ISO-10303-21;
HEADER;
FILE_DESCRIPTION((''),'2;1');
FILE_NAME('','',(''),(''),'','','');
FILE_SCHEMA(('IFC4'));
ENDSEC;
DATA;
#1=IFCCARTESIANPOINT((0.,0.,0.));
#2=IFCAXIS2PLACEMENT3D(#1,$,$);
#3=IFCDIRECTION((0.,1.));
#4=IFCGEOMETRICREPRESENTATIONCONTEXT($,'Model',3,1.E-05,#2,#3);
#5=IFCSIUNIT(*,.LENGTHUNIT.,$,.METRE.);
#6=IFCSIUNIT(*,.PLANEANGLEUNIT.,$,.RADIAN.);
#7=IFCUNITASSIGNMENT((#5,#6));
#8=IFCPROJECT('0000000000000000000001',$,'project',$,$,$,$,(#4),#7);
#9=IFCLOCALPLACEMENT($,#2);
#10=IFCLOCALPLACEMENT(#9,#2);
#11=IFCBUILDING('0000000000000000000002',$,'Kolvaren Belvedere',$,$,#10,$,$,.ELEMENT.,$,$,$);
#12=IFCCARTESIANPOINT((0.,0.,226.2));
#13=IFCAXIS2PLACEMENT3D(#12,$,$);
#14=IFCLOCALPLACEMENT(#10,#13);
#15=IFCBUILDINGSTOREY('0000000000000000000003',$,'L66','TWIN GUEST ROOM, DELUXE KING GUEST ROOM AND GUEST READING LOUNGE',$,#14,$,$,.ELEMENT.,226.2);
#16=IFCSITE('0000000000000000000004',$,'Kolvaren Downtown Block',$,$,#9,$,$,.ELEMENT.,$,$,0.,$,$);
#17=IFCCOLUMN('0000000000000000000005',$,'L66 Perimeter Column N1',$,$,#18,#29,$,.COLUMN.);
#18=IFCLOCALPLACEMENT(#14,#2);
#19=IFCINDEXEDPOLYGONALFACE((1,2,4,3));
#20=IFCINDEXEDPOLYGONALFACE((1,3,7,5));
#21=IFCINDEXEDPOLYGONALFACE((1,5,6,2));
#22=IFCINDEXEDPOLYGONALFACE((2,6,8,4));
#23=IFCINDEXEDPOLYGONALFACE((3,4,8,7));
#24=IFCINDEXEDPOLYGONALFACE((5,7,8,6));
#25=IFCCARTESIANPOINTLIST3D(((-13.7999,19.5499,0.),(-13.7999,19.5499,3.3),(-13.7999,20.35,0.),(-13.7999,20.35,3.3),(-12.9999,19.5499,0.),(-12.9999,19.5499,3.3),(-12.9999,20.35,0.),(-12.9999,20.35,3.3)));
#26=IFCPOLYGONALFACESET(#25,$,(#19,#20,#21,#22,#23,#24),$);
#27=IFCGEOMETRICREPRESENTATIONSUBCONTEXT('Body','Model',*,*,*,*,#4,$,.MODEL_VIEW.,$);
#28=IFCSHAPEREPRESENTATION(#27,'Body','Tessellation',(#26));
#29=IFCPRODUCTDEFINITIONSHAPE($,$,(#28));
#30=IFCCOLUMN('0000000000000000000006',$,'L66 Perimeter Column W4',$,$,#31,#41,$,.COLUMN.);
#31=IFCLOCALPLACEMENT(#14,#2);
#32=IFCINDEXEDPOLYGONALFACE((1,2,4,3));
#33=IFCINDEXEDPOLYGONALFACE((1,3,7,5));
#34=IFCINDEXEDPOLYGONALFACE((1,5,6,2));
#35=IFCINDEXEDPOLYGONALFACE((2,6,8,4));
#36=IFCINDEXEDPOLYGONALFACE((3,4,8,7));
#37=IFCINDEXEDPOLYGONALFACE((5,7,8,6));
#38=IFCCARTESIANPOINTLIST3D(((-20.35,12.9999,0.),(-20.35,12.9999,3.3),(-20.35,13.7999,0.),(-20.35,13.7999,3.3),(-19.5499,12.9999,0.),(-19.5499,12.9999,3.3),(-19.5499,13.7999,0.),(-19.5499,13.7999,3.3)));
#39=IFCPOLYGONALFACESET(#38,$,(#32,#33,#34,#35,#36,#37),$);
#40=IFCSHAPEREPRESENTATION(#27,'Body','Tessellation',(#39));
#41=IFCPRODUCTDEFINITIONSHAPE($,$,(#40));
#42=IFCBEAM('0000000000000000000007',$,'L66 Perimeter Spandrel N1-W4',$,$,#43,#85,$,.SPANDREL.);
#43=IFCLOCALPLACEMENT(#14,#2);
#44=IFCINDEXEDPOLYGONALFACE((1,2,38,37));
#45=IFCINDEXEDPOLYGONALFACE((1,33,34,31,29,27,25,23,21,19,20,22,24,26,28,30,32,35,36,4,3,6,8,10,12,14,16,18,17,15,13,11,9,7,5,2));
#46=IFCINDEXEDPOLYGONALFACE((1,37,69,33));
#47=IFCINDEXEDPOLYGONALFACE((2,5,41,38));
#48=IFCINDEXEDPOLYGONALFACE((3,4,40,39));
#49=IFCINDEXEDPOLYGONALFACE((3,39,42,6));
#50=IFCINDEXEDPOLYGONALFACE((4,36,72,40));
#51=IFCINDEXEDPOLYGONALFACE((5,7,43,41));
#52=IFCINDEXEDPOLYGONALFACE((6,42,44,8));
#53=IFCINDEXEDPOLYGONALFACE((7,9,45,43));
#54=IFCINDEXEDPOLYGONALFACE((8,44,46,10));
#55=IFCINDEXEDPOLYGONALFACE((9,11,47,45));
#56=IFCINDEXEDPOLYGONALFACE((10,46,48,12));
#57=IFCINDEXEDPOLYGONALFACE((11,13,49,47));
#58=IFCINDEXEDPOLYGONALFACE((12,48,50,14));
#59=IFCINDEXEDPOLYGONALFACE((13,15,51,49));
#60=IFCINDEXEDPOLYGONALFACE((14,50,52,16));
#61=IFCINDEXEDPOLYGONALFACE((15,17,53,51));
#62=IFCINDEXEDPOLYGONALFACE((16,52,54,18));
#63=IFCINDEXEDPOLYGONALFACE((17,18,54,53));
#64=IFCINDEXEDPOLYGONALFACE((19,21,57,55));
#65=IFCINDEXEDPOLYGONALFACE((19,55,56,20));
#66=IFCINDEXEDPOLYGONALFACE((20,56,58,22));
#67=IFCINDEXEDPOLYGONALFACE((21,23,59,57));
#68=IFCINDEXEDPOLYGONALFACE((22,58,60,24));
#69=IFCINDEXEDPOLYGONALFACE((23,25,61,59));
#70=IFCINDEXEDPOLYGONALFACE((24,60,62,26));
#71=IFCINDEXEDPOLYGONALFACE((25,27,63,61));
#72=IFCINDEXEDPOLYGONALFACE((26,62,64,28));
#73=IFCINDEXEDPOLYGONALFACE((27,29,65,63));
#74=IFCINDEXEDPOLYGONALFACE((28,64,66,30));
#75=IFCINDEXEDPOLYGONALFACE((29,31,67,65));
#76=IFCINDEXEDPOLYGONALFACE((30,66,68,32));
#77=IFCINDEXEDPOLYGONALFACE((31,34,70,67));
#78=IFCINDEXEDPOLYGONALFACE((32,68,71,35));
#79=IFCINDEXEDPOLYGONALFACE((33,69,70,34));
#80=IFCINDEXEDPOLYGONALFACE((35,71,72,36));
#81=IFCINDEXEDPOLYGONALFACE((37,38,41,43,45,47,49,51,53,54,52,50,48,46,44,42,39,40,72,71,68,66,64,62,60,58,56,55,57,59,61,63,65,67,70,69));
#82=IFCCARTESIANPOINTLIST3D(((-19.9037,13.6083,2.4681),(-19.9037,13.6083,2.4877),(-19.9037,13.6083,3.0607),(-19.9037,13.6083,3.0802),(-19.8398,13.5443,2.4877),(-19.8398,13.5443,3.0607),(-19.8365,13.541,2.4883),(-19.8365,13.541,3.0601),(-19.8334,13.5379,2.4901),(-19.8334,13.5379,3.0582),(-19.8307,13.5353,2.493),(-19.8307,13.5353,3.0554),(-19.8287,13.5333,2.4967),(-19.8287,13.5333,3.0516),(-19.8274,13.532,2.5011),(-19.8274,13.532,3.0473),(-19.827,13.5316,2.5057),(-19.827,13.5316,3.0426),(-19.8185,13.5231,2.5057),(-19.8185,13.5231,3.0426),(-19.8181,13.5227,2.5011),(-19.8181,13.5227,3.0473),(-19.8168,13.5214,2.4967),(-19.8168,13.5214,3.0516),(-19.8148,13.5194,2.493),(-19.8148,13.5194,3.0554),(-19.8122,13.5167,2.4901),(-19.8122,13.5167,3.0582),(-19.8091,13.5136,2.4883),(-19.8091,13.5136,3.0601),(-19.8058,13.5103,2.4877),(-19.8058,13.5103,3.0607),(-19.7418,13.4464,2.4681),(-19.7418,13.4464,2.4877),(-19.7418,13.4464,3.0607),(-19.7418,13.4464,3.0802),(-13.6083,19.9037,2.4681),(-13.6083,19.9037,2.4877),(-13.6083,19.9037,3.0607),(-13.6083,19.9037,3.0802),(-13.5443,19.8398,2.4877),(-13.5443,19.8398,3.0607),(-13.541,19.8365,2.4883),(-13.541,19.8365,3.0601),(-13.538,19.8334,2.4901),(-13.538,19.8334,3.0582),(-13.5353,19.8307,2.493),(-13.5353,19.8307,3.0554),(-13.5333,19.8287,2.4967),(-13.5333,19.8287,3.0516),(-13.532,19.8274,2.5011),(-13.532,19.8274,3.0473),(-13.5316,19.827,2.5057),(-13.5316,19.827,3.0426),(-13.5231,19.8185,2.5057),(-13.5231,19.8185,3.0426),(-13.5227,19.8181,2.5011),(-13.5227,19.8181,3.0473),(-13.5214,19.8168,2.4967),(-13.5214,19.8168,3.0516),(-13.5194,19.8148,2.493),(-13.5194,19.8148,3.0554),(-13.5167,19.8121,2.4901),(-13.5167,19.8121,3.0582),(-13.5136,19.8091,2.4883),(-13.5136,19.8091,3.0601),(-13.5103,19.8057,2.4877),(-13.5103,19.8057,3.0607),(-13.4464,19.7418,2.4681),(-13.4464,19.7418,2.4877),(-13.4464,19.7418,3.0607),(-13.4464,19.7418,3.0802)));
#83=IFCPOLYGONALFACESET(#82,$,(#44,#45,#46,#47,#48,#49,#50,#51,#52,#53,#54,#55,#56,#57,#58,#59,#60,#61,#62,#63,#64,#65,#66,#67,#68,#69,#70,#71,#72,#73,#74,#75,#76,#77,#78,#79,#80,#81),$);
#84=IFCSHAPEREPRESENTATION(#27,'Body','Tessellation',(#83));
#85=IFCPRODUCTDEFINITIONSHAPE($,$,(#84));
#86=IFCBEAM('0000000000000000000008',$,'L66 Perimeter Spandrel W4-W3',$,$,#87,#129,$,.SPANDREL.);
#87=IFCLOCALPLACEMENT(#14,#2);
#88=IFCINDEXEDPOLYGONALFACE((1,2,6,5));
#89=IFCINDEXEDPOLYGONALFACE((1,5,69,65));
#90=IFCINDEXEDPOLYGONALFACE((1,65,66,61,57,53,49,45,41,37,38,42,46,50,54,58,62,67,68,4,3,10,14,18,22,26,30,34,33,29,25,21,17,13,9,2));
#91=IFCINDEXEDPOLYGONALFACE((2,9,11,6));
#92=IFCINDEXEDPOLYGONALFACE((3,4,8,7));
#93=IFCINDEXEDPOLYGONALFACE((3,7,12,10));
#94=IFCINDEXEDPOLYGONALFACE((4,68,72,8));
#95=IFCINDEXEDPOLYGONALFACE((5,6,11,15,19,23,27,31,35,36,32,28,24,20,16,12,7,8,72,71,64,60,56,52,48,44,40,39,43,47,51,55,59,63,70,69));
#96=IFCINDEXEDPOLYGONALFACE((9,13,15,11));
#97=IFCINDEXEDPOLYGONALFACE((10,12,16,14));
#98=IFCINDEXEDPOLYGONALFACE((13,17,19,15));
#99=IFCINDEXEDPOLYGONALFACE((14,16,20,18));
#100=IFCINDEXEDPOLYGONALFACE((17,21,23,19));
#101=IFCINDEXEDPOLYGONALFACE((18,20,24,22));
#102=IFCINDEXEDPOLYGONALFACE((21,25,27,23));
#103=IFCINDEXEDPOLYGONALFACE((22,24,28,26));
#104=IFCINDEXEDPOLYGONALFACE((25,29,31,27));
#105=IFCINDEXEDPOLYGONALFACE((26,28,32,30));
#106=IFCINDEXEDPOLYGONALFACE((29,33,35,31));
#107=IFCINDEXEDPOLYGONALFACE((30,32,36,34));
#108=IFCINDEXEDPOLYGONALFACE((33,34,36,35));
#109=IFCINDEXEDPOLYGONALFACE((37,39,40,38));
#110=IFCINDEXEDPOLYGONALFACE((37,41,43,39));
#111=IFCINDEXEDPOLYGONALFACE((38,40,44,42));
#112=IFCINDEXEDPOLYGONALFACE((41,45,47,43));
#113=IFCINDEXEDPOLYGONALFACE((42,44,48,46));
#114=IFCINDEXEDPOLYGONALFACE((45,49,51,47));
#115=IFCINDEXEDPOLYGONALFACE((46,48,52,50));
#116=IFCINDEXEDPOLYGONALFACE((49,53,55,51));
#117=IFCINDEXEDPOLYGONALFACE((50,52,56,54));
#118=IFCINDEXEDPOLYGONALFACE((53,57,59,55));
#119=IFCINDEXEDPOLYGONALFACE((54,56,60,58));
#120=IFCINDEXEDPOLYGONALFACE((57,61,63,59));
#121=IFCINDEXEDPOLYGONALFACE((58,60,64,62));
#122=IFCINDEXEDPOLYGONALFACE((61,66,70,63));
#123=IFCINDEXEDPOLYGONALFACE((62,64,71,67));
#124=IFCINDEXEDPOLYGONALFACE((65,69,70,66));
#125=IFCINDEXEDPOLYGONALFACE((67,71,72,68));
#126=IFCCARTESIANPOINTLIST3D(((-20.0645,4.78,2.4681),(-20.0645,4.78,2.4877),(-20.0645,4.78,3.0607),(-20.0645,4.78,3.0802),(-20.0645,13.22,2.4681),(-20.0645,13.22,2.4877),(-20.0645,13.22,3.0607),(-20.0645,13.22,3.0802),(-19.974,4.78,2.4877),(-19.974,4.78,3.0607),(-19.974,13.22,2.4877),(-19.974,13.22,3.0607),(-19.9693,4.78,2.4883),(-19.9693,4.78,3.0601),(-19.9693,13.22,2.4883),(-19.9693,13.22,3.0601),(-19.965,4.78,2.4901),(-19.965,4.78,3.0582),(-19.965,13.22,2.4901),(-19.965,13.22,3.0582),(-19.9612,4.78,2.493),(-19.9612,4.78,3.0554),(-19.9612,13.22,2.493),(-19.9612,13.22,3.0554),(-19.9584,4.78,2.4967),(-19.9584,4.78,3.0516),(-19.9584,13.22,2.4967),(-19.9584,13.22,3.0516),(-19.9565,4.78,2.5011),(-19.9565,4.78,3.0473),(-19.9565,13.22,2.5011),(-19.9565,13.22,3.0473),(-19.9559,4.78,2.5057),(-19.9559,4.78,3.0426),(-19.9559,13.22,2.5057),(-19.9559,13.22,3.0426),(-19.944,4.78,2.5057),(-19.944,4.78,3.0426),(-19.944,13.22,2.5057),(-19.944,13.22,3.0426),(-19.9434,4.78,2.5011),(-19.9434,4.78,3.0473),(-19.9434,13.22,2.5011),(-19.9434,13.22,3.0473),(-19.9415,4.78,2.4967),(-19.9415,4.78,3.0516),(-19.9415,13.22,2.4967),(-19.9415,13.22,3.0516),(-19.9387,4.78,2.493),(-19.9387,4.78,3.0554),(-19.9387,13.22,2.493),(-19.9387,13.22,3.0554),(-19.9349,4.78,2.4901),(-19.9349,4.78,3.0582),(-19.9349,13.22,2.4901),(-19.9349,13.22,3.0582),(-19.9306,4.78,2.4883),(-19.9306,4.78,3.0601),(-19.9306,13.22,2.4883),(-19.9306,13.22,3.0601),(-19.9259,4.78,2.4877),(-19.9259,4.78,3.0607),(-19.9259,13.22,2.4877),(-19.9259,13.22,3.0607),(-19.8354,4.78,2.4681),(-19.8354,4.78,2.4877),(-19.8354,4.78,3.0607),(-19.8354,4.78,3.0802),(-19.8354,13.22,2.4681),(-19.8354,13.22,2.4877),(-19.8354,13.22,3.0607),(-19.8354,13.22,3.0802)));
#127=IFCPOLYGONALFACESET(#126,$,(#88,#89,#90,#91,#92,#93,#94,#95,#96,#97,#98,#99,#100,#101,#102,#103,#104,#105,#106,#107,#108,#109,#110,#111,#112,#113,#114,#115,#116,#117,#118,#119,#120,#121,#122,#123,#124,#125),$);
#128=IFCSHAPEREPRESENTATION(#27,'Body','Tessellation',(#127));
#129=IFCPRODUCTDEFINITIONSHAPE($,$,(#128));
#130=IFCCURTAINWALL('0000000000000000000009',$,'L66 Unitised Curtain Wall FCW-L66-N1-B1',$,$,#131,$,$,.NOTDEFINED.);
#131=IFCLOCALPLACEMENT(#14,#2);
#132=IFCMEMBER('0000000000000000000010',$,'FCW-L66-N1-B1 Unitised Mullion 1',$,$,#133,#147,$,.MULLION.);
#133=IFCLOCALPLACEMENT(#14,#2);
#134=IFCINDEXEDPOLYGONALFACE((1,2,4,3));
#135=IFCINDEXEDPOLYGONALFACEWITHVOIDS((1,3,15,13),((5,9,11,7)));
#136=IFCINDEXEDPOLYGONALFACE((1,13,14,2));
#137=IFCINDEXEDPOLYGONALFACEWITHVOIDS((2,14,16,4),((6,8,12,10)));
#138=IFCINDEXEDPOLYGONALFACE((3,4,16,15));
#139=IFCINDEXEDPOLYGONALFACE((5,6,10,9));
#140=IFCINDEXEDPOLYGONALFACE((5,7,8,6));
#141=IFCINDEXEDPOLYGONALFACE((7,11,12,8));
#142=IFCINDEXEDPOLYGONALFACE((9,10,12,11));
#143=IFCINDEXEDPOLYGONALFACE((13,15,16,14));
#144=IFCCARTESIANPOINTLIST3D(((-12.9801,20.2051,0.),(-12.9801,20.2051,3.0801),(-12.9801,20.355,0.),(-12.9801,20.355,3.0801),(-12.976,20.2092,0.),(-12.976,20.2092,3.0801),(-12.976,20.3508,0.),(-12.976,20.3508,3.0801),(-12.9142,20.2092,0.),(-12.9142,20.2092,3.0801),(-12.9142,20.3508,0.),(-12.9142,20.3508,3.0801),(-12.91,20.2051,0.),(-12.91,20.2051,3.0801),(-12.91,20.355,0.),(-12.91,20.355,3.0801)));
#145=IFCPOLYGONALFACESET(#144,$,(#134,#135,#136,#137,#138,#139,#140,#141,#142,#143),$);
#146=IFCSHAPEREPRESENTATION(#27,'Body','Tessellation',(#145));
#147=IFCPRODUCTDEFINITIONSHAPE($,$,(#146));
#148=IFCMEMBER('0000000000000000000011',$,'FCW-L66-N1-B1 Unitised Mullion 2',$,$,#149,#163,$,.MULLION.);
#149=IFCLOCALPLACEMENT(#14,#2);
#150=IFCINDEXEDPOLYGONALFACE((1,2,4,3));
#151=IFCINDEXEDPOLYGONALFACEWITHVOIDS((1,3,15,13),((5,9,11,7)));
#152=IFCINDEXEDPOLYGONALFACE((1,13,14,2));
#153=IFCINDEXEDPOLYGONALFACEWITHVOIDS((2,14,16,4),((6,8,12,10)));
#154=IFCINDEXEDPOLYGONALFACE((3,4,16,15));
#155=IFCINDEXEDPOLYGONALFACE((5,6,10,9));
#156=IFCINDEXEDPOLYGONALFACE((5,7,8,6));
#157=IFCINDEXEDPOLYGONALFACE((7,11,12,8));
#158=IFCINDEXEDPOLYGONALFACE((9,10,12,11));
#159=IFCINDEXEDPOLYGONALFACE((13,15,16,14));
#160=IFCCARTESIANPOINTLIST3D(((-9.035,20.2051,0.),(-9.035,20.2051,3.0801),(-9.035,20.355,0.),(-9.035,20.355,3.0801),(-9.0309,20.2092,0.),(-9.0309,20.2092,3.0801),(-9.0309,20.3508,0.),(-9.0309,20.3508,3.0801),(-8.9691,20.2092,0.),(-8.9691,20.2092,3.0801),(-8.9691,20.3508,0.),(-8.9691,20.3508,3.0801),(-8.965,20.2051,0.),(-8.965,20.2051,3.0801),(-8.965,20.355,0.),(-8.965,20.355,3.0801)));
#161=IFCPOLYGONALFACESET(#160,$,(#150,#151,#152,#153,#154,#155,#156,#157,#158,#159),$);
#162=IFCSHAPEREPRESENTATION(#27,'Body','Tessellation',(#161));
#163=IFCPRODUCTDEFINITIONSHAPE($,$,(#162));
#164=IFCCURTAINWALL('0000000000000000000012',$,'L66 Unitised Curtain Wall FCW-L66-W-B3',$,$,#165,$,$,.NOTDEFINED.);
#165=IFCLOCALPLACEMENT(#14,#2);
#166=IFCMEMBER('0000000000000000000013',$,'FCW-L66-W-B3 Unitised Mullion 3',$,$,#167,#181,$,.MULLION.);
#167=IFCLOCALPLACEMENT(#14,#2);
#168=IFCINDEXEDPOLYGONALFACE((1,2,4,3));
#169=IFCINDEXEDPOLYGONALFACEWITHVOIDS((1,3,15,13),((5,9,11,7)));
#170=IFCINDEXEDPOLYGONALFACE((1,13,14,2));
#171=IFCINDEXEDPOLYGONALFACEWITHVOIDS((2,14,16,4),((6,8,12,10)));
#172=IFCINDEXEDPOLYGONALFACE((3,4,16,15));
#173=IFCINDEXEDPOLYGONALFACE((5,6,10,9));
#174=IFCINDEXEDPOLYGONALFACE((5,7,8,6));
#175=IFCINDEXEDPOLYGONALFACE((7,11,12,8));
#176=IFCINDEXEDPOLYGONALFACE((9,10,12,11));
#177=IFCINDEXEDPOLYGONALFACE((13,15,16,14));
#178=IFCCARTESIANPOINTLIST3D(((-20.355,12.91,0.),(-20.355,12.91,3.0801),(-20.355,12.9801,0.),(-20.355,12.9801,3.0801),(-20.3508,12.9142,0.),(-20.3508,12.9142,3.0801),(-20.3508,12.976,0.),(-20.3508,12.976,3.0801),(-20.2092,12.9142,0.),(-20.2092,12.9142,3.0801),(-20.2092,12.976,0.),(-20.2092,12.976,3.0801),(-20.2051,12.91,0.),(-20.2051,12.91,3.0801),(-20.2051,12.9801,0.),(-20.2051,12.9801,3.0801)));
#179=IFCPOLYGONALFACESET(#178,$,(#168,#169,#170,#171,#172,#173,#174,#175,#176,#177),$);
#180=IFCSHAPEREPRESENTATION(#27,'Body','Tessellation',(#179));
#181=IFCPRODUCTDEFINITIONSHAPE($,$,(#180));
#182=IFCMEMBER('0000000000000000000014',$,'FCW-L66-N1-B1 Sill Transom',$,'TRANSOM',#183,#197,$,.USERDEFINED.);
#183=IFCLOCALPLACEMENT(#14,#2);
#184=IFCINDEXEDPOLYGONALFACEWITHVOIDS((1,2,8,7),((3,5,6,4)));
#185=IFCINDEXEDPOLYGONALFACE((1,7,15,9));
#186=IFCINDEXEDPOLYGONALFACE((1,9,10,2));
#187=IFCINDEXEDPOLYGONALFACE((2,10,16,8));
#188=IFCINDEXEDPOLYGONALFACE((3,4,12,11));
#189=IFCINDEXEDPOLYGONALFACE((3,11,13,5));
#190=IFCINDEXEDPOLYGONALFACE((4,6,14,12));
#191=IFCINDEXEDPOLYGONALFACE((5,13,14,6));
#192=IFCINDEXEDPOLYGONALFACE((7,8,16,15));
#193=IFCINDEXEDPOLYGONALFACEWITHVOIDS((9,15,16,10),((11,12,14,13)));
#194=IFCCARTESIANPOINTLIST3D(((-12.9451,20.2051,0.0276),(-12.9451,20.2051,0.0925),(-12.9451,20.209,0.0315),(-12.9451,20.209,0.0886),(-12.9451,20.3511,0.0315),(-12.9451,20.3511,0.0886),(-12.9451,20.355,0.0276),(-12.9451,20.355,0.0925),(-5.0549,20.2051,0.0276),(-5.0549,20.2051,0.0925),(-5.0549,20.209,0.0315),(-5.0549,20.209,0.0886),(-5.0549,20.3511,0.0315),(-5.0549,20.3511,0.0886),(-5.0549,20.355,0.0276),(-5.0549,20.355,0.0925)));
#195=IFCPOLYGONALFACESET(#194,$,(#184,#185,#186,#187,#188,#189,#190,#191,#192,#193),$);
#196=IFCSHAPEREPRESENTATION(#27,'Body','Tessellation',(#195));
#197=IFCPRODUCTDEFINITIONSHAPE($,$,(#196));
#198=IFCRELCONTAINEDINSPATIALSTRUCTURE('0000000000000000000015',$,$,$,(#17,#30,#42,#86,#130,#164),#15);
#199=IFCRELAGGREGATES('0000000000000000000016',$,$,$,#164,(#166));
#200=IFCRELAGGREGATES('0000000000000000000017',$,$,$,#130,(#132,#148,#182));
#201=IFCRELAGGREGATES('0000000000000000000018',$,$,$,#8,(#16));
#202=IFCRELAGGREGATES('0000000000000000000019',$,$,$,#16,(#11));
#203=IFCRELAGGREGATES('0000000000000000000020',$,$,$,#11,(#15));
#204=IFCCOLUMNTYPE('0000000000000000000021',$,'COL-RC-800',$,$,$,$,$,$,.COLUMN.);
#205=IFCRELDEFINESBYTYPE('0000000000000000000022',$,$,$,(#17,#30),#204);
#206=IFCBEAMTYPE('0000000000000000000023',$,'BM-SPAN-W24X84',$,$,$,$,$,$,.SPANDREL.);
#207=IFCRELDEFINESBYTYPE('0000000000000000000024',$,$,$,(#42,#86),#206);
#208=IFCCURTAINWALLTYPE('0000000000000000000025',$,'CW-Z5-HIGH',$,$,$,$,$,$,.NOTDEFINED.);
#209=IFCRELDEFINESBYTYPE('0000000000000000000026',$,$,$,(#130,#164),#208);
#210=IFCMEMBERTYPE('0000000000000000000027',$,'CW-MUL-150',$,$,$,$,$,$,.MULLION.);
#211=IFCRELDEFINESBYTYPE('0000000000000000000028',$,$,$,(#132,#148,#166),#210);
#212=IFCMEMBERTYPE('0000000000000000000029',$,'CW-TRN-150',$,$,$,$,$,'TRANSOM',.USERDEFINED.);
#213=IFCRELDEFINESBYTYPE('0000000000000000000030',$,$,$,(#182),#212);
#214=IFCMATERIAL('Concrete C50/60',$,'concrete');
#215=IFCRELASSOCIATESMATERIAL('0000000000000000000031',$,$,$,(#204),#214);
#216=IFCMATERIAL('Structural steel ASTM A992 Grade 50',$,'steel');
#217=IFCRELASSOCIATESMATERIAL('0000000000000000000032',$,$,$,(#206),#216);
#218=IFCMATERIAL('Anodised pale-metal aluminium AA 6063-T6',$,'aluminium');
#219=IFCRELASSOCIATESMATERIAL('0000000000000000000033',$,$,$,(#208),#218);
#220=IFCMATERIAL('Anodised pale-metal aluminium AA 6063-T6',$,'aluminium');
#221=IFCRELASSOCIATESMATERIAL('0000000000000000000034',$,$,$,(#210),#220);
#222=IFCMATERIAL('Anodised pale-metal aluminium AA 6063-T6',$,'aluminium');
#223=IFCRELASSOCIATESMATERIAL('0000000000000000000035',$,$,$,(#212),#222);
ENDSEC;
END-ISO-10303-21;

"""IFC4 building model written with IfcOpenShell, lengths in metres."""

from ifc_helpers import new_model, si_unit, direction, frame, origin, origin_2d, place, context, subcontext, project, spatial, rectangle, hollow_rectangle, i_section, extrude, material, material_profile, profile_set, type_object, element, aggregate, save


model = new_model("IFC4")

# Units and contexts
model_context = context("Model", 3, precision=1e-05, world=origin(), true_north=direction((0.0, 1.0)))
body_context = subcontext(model_context, "Body", "Model", "MODEL_VIEW")
ifc_project = project(units=[si_unit("LENGTHUNIT", "METRE"), si_unit("PLANEANGLEUNIT", "RADIAN")], contexts=[model_context])

# Site, building, storey
site_placement = place(None, origin())
site = spatial("IfcSite", under=ifc_project, at=site_placement, Name="Kolvaren Downtown Block", CompositionType="ELEMENT", RefElevation=0.0)
building_placement = place(site_placement, origin())
building = spatial("IfcBuilding", under=site, at=building_placement, Name="Kolvaren Belvedere", CompositionType="ELEMENT")
storey_placement = place(building_placement, frame((0.0, 0.0, 226.2)))
storey = spatial("IfcBuildingStorey", under=building, at=storey_placement, Name="L66", Description="TWIN GUEST ROOM, DELUXE KING GUEST ROOM AND GUEST READING LOUNGE", CompositionType="ELEMENT", Elevation=226.2)

# Columns
ifc_material_1 = material(Name="Concrete C50/60", Category="concrete")
ifc_material_profile_1 = material_profile(ifc_material_1, rectangle(XDim=0.8, YDim=0.8, at=origin_2d()), Name="RC 800X800")
ifc_profile_set_1 = profile_set([ifc_material_profile_1], Name="Concrete C50/60")
column_type = type_object("IfcColumnType", Name="COL-RC-800", PredefinedType="COLUMN", material=ifc_profile_set_1)
for number, where, z_axis, x_axis, name in (
    (1, (-13.3999, 19.95, 0.0), (0.0, 0.0, 1.0), (1.0, 0.0, 0.0), "L66 Perimeter Column N1"),
    (2, (-19.95, 13.3999, 0.0), (0.0, 0.0, 1.0), (1.0, 0.0, 0.0), "L66 Perimeter Column W4"),
):
    element("IfcColumn", number, at=place(storey_placement, frame(where, z_axis=z_axis, x_axis=x_axis)), inside=storey, type_object=column_type, Name=name, PredefinedType="COLUMN", context=body_context, shape_type="SweptSolid", body=[
        extrude(rectangle(XDim=0.8, YDim=0.8, at=origin_2d()), origin(), (0.0, 0.0, 1.0), 3.3),
    ])

# Beams
ifc_material_2 = material(Name="Structural steel ASTM A992 Grade 50", Category="steel")
ifc_material_profile_2 = material_profile(ifc_material_2, i_section(OverallWidth=0.229, OverallDepth=0.6121, WebThickness=0.012, FlangeThickness=0.0195, FilletRadius=0.0181, at=origin_2d()), Name="W24X84")
ifc_profile_set_2 = profile_set([ifc_material_profile_2], Name="Structural steel ASTM A992 Grade 50")
beam_type = type_object("IfcBeamType", Name="BM-SPAN-W24X84", PredefinedType="SPANDREL", material=ifc_profile_set_2)
beam_1_placement = place(storey_placement, frame((-13.5273, 19.8228, 2.7742), z_axis=(-0.707107, -0.707107, 0.0), x_axis=(0.707107, -0.707107, 0.0)))
element("IfcBeam", 3, at=beam_1_placement, inside=storey, type_object=beam_type, Name="L66 Perimeter Spandrel N1-W4", PredefinedType="SPANDREL", context=body_context, shape_type="SweptSolid", body=[
    extrude(i_section(OverallWidth=0.229, OverallDepth=0.6121, WebThickness=0.012, FlangeThickness=0.0195, FilletRadius=0.0181, at=origin_2d()), origin(), (0.0, 0.0, 1.0), 8.9031),
])
beam_2_placement = place(storey_placement, frame((-19.95, 13.22, 2.7742), z_axis=(0.0, -1.0, 0.0), x_axis=(1.0, 0.0, 0.0)))
element("IfcBeam", 4, at=beam_2_placement, inside=storey, type_object=beam_type, Name="L66 Perimeter Spandrel W4-W3", PredefinedType="SPANDREL", context=body_context, shape_type="SweptSolid", body=[
    extrude(i_section(OverallWidth=0.229, OverallDepth=0.6121, WebThickness=0.012, FlangeThickness=0.0195, FilletRadius=0.0181, at=origin_2d()), origin(), (0.0, 0.0, 1.0), 8.4399),
])

# Curtain wall, members
ifc_material_3 = material(Name="Anodised pale-metal aluminium AA 6063-T6", Category="aluminium")
curtain_wall_type = type_object("IfcCurtainWallType", Name="CW-Z5-HIGH", PredefinedType="NOTDEFINED", material=ifc_material_3)
curtain_wall_1_placement = place(storey_placement, origin())
curtain_wall_1 = element("IfcCurtainWall", 5, at=curtain_wall_1_placement, inside=storey, type_object=curtain_wall_type, Name="L66 Unitised Curtain Wall FCW-L66-N1-B1", PredefinedType="NOTDEFINED")
ifc_material_4 = material(Name="Anodised pale-metal aluminium AA 6063-T6", Category="aluminium")
ifc_material_profile_3 = material_profile(ifc_material_4, hollow_rectangle(XDim=0.0701, YDim=0.1499, WallThickness=0.0042, at=origin_2d()), Name="ALU-MUL-150X70")
ifc_profile_set_3 = profile_set([ifc_material_profile_3], Name="Anodised pale-metal aluminium AA 6063-T6")
member_type_1 = type_object("IfcMemberType", Name="CW-MUL-150", PredefinedType="MULLION", material=ifc_profile_set_3)
member_1_placement = place(storey_placement, frame((-12.9451, 20.28, 0.0), z_axis=(0.0, 0.0, 1.0), x_axis=(1.0, 0.0, 0.0)))
member_1 = element("IfcMember", 6, at=member_1_placement, type_object=member_type_1, Name="FCW-L66-N1-B1 Unitised Mullion 1", PredefinedType="MULLION", context=body_context, shape_type="SweptSolid", body=[
    extrude(hollow_rectangle(XDim=0.0701, YDim=0.1499, WallThickness=0.0042, at=origin_2d()), origin(), (0.0, 0.0, 1.0), 3.0801),
])
member_2_placement = place(storey_placement, frame((-9.0, 20.28, 0.0), z_axis=(0.0, 0.0, 1.0), x_axis=(1.0, 0.0, 0.0)))
member_2 = element("IfcMember", 7, at=member_2_placement, type_object=member_type_1, Name="FCW-L66-N1-B1 Unitised Mullion 2", PredefinedType="MULLION", context=body_context, shape_type="SweptSolid", body=[
    extrude(hollow_rectangle(XDim=0.0701, YDim=0.1499, WallThickness=0.0042, at=origin_2d()), origin(), (0.0, 0.0, 1.0), 3.0801),
])

# Curtain wall, member
curtain_wall_2_placement = place(storey_placement, origin())
curtain_wall_2 = element("IfcCurtainWall", 8, at=curtain_wall_2_placement, inside=storey, type_object=curtain_wall_type, Name="L66 Unitised Curtain Wall FCW-L66-W-B3", PredefinedType="NOTDEFINED")
member_3_placement = place(storey_placement, frame((-20.28, 12.9451, 0.0), z_axis=(0.0, 0.0, 1.0), x_axis=(0.0, 1.0, 0.0)))
member_3 = element("IfcMember", 9, at=member_3_placement, type_object=member_type_1, Name="FCW-L66-W-B3 Unitised Mullion 3", PredefinedType="MULLION", context=body_context, shape_type="SweptSolid", body=[
    extrude(hollow_rectangle(XDim=0.0701, YDim=0.1499, WallThickness=0.0042, at=origin_2d()), origin(), (0.0, 0.0, 1.0), 3.0801),
])
aggregate(curtain_wall_2, [member_3])

# Member
ifc_material_5 = material(Name="Anodised pale-metal aluminium AA 6063-T6", Category="aluminium")
ifc_material_profile_4 = material_profile(ifc_material_5, hollow_rectangle(XDim=0.0649, YDim=0.1499, WallThickness=0.0039, at=origin_2d()), Name="ALU-TRN-150X65")
ifc_profile_set_4 = profile_set([ifc_material_profile_4], Name="Anodised pale-metal aluminium AA 6063-T6")
member_type_2 = type_object("IfcMemberType", Name="CW-TRN-150", ElementType="TRANSOM", PredefinedType="USERDEFINED", material=ifc_profile_set_4)
member_4_placement = place(storey_placement, frame((-12.9451, 20.28, 0.0601), z_axis=(1.0, 0.0, 0.0), x_axis=(0.0, 0.0, 1.0)))
member_4 = element("IfcMember", 10, at=member_4_placement, type_object=member_type_2, Name="FCW-L66-N1-B1 Sill Transom", ObjectType="TRANSOM", PredefinedType="USERDEFINED", context=body_context, shape_type="SweptSolid", body=[
    extrude(hollow_rectangle(XDim=0.0649, YDim=0.1499, WallThickness=0.0039, at=origin_2d()), origin(), (0.0, 0.0, 1.0), 7.8901),
])

aggregate(curtain_wall_1, [member_1, member_2, member_4])

save(model, "model.ifc")
